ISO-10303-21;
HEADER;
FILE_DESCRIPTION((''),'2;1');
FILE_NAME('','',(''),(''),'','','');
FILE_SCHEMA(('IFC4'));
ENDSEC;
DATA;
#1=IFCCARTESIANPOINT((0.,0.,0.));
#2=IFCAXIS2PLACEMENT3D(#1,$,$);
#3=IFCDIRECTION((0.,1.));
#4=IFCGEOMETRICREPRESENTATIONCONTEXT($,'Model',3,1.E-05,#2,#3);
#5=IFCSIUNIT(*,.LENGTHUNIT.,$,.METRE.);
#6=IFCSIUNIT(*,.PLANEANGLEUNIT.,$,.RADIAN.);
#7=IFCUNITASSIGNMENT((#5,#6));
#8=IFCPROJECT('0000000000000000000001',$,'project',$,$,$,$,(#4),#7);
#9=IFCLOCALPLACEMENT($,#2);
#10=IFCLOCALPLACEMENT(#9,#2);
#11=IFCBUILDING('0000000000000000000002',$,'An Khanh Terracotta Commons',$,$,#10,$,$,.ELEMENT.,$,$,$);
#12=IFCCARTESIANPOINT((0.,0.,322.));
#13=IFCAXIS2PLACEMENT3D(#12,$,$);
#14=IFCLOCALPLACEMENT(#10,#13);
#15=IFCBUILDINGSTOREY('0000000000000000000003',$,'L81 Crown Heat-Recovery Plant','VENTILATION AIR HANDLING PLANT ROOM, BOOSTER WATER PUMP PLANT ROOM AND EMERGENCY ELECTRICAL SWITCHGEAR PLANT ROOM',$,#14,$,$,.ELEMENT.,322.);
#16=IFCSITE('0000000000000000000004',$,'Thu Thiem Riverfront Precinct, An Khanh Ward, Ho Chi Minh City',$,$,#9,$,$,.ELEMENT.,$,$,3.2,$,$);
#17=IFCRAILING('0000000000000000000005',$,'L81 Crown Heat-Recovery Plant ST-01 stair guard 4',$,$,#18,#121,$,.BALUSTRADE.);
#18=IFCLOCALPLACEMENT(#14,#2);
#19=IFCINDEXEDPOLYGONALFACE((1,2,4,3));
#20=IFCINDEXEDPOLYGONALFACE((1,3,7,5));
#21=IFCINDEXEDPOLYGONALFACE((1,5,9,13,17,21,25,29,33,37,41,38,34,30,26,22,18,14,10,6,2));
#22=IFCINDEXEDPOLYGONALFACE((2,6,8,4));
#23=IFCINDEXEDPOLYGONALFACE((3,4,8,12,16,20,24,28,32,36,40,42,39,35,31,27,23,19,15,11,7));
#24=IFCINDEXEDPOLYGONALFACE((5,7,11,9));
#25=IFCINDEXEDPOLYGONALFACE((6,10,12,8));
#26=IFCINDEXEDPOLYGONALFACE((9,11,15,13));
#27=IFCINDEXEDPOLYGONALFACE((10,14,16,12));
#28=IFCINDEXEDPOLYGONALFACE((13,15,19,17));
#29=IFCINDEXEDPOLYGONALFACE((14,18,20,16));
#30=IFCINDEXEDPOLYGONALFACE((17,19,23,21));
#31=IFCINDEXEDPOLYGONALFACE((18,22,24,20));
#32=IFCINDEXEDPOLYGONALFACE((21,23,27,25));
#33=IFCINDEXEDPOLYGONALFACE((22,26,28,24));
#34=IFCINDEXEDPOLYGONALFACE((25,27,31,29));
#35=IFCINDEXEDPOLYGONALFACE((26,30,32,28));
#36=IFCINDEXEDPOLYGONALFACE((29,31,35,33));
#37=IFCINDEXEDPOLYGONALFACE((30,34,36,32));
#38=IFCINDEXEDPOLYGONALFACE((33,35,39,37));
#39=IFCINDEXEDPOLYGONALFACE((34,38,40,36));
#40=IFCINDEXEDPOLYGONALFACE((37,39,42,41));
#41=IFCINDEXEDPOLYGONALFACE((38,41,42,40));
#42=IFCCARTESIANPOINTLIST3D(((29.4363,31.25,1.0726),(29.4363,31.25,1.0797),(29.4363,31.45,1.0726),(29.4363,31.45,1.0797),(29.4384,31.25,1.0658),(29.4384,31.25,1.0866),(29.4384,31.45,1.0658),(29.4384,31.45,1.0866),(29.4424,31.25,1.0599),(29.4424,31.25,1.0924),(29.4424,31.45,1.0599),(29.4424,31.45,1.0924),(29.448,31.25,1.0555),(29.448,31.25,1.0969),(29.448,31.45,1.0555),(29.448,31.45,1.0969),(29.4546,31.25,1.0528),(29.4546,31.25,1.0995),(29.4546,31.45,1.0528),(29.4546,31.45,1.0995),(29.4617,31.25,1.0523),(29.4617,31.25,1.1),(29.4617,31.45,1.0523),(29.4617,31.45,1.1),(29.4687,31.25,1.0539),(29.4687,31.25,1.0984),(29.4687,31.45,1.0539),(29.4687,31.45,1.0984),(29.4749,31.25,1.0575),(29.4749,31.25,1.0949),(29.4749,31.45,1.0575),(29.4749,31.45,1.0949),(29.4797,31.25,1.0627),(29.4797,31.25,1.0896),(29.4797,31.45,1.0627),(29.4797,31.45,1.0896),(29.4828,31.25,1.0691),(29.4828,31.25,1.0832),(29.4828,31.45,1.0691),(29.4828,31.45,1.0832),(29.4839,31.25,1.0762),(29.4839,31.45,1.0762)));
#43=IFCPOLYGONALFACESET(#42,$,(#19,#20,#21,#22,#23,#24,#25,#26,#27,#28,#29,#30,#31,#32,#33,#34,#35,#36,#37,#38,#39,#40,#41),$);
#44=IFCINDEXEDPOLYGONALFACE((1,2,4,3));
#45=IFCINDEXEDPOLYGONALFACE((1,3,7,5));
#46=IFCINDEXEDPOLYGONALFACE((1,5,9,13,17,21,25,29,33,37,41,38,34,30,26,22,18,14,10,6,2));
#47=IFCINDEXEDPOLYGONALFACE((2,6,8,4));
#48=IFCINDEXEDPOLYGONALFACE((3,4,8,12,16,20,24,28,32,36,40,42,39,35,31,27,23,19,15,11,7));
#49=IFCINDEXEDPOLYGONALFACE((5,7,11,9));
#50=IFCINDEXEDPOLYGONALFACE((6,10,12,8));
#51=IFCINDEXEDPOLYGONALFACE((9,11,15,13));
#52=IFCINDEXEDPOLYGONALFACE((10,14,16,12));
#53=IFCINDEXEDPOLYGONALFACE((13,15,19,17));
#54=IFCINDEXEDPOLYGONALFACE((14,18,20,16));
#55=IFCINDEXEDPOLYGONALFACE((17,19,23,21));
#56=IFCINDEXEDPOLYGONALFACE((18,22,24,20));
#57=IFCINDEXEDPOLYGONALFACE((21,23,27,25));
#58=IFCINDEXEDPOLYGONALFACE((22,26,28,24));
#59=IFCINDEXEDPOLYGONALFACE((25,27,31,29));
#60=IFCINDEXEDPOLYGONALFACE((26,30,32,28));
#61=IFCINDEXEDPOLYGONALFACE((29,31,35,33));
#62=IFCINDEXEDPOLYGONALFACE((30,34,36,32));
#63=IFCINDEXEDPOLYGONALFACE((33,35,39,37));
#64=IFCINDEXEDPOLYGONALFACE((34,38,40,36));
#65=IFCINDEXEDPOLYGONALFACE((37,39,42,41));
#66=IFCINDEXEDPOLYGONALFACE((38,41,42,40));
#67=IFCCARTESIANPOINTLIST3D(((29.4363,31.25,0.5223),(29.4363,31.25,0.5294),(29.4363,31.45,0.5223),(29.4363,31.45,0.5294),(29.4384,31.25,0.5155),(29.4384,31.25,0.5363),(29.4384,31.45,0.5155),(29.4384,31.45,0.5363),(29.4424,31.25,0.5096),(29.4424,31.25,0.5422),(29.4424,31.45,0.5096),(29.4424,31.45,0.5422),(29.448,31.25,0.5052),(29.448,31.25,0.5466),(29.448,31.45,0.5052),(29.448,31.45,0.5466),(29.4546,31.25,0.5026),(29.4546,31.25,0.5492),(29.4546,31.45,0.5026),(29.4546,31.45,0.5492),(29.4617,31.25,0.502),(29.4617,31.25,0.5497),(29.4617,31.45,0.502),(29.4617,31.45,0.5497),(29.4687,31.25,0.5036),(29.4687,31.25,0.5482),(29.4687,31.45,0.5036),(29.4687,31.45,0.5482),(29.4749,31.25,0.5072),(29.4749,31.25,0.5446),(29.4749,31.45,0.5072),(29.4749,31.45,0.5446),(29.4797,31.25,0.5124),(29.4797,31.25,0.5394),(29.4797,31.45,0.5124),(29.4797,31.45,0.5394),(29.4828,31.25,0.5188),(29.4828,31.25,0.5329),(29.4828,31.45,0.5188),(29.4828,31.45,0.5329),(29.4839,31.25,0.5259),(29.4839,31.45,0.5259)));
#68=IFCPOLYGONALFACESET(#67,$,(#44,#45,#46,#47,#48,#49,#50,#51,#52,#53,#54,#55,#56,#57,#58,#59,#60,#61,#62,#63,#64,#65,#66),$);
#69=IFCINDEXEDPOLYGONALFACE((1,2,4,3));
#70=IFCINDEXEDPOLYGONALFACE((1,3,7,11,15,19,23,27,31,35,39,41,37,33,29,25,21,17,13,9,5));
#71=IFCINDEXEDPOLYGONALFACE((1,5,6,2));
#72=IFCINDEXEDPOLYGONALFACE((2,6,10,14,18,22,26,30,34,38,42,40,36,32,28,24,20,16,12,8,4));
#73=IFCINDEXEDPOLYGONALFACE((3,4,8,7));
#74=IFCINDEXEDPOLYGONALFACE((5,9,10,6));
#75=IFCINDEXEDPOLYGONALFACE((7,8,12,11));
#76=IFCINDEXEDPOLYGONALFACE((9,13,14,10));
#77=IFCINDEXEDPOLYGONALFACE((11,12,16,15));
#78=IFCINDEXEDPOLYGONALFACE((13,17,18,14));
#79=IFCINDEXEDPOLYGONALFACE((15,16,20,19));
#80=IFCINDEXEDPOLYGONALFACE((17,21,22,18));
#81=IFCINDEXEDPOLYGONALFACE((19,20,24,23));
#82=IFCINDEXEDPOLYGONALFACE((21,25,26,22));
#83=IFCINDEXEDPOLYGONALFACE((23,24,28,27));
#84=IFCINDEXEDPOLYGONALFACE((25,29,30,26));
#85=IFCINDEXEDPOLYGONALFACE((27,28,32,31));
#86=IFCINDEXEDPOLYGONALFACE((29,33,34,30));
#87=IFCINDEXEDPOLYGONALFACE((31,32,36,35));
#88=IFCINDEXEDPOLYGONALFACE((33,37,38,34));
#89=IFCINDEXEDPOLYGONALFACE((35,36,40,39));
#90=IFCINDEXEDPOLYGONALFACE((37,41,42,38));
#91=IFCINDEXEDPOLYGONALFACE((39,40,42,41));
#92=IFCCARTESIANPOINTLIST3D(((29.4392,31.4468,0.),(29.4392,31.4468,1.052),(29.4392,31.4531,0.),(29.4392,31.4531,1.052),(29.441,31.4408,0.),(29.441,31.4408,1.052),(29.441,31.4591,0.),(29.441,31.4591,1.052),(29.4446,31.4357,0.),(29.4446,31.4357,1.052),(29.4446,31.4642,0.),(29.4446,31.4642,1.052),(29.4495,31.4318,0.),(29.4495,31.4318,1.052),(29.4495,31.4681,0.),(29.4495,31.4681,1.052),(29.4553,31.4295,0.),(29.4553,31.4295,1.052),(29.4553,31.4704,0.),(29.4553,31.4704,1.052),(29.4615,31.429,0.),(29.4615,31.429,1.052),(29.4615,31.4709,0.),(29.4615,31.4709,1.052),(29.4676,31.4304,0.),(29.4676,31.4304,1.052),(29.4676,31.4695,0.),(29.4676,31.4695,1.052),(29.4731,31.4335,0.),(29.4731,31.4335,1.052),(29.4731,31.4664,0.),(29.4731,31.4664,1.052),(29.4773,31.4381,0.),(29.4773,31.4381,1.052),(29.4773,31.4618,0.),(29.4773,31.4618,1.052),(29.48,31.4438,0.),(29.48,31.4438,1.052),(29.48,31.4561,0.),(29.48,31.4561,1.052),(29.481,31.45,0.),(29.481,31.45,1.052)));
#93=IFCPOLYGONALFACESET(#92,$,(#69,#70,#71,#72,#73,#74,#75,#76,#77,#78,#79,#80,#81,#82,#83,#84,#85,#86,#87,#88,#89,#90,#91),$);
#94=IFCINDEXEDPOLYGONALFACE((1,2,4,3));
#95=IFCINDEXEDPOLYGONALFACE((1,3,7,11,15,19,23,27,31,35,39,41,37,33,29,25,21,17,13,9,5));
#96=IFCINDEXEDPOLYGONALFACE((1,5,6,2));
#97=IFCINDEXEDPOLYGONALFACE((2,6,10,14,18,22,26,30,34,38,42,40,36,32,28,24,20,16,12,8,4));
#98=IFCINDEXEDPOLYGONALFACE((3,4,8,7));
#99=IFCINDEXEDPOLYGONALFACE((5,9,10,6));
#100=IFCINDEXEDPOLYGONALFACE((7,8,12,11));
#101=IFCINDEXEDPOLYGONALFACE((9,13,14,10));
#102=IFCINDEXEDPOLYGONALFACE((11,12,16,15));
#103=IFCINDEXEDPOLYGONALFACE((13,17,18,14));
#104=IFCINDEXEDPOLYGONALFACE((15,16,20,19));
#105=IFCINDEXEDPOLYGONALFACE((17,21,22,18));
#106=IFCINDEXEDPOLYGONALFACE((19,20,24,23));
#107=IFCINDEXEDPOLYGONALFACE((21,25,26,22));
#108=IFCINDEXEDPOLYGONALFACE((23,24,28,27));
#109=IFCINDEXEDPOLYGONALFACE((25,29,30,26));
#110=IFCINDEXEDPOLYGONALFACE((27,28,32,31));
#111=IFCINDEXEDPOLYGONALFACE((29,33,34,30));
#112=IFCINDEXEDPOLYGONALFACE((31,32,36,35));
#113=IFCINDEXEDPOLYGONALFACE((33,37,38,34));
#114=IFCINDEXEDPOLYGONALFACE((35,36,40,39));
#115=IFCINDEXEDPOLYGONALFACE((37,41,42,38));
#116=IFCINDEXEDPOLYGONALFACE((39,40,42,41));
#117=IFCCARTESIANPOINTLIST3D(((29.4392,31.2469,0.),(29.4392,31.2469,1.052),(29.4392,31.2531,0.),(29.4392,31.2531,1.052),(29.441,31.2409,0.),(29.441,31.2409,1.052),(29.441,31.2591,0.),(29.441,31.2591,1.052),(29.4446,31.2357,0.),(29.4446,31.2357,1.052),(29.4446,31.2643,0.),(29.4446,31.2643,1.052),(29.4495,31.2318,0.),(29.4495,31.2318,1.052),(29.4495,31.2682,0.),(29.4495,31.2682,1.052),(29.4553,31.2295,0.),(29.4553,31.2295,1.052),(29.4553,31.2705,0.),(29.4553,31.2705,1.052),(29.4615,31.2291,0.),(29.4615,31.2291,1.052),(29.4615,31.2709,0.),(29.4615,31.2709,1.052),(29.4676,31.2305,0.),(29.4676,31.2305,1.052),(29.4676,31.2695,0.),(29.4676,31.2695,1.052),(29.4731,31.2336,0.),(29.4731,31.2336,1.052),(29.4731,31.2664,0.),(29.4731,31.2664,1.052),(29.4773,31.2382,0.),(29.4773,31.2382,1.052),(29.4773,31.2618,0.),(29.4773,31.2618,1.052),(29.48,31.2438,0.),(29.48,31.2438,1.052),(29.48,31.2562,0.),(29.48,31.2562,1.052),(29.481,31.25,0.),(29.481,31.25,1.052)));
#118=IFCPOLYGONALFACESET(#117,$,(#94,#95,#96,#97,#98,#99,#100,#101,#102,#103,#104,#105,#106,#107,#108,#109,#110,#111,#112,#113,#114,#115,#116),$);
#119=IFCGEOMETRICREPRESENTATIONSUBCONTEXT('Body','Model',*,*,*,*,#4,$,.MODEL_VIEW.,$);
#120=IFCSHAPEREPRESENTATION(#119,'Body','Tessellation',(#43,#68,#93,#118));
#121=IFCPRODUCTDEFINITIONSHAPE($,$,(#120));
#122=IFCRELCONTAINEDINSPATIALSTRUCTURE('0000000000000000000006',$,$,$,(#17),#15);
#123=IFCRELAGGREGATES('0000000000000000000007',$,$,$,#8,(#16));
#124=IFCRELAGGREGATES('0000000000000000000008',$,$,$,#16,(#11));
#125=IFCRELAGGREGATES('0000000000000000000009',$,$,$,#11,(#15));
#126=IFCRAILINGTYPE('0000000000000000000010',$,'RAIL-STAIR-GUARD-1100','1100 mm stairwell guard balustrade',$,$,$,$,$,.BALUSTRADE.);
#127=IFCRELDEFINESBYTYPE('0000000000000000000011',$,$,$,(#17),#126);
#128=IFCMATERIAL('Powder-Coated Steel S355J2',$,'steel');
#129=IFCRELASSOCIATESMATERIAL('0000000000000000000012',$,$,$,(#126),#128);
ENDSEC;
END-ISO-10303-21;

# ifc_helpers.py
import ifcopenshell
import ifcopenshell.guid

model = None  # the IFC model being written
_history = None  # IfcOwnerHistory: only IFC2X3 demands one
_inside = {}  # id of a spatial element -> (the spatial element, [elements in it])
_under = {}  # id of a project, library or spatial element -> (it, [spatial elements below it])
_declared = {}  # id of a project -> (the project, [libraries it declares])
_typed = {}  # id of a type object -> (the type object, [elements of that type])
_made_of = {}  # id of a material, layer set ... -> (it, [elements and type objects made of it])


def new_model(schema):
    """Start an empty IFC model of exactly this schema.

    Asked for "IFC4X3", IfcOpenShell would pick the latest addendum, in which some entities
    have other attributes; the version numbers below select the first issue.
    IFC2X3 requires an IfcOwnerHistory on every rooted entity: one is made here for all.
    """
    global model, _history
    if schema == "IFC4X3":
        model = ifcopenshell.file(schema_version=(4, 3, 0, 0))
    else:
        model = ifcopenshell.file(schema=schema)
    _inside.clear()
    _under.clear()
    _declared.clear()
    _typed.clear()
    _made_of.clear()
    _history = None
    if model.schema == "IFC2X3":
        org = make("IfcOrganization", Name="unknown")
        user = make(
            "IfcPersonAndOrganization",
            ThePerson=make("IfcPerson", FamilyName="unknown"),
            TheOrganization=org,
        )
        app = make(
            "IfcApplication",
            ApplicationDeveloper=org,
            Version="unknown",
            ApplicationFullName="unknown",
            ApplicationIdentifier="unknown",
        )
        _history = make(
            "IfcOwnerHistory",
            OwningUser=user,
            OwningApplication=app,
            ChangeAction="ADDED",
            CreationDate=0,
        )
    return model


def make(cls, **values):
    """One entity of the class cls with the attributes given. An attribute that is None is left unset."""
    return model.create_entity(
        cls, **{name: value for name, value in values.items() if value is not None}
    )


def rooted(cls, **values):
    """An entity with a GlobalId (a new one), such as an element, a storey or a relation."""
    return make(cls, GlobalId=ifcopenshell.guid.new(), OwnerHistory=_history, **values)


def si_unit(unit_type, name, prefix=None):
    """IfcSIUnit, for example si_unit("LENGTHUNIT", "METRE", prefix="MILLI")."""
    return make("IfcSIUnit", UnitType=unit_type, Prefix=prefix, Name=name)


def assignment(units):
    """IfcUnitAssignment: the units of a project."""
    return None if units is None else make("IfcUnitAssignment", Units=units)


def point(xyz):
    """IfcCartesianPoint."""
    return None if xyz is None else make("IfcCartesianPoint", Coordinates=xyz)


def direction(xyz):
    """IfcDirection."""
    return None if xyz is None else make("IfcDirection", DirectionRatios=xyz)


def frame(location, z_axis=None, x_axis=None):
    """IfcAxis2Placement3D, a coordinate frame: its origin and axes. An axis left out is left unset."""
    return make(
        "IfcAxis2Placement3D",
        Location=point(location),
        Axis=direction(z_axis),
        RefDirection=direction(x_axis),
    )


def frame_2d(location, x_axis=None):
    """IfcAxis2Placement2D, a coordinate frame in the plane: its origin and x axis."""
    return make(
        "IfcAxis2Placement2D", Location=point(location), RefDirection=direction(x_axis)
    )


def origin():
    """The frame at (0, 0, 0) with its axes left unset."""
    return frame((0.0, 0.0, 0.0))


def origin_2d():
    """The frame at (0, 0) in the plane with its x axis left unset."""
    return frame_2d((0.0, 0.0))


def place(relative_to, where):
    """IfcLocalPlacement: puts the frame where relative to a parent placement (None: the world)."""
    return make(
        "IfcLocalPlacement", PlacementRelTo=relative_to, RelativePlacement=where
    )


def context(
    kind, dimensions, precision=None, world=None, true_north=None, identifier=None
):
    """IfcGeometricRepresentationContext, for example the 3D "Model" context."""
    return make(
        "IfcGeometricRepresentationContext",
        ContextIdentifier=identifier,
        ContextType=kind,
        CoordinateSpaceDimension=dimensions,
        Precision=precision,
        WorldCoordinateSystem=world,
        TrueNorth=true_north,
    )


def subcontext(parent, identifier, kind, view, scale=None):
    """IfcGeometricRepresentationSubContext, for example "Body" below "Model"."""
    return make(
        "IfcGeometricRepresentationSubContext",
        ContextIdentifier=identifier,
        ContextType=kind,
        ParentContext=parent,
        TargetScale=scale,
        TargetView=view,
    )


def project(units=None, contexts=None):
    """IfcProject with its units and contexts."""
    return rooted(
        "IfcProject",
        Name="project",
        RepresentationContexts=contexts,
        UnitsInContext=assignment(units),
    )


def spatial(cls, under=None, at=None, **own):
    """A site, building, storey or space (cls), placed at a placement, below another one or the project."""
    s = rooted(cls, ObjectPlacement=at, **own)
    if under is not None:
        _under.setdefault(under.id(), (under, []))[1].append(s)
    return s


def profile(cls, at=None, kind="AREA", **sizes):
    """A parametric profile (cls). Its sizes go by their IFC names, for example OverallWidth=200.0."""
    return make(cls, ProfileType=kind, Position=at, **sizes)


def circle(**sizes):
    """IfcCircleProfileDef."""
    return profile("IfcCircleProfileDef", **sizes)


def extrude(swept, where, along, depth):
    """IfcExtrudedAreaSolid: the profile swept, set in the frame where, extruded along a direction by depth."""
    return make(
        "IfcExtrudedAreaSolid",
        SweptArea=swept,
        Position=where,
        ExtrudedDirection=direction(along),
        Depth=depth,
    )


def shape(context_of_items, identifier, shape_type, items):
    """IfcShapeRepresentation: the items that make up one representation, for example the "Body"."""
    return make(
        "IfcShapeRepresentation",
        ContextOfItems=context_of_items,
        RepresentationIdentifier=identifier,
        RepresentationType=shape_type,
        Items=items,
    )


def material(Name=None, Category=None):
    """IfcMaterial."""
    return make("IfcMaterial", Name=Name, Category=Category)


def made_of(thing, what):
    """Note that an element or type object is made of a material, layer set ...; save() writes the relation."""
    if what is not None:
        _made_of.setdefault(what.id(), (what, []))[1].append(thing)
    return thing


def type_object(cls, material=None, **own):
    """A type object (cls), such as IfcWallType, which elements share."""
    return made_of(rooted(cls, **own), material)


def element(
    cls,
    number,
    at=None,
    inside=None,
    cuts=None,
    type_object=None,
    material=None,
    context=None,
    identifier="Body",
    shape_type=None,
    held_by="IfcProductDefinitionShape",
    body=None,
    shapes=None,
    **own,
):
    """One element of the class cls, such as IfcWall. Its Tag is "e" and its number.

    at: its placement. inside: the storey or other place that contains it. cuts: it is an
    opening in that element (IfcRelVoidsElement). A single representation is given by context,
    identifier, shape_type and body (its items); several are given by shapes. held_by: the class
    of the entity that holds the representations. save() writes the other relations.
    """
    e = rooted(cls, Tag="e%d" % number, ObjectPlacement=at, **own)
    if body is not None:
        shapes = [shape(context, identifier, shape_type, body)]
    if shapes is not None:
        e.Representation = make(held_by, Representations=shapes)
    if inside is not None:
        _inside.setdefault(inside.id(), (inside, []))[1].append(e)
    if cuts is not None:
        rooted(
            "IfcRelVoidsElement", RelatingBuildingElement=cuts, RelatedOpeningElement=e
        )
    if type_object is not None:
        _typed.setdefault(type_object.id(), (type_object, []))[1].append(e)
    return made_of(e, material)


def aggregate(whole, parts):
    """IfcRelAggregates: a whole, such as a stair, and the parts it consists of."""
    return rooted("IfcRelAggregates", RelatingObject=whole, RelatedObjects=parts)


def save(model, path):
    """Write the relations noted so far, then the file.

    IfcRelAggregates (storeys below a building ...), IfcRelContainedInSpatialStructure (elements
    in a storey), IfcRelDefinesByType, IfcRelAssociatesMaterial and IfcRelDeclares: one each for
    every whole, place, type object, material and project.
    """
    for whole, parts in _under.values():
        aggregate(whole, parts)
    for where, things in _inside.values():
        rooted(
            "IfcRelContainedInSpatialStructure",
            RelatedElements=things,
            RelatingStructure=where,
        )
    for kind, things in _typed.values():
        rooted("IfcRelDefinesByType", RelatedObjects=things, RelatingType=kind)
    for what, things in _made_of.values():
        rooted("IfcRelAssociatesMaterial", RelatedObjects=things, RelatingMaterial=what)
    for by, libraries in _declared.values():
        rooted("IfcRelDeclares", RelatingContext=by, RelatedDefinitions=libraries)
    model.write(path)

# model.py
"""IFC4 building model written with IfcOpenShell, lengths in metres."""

from ifc_helpers import new_model, si_unit, direction, frame, origin, origin_2d, place, context, subcontext, project, spatial, circle, extrude, material, type_object, element, save


model = new_model("IFC4")

# Units and contexts
model_context = context("Model", 3, precision=1e-05, world=origin(), true_north=direction((0.0, 1.0)))
body_context = subcontext(model_context, "Body", "Model", "MODEL_VIEW")
ifc_project = project(units=[si_unit("LENGTHUNIT", "METRE"), si_unit("PLANEANGLEUNIT", "RADIAN")], contexts=[model_context])

# Site, building, storey
site_placement = place(None, origin())
site = spatial("IfcSite", under=ifc_project, at=site_placement, Name="Thu Thiem Riverfront Precinct, An Khanh Ward, Ho Chi Minh City", CompositionType="ELEMENT", RefElevation=3.2)
building_placement = place(site_placement, origin())
building = spatial("IfcBuilding", under=site, at=building_placement, Name="An Khanh Terracotta Commons", CompositionType="ELEMENT")
storey_placement = place(building_placement, frame((0.0, 0.0, 322.0)))
storey = spatial("IfcBuildingStorey", under=building, at=storey_placement, Name="L81 Crown Heat-Recovery Plant", Description="VENTILATION AIR HANDLING PLANT ROOM, BOOSTER WATER PUMP PLANT ROOM AND EMERGENCY ELECTRICAL SWITCHGEAR PLANT ROOM", CompositionType="ELEMENT", Elevation=322.0)

# Railing
ifc_material_1 = material(Name="Powder-Coated Steel S355J2", Category="steel")
railing_type_1 = type_object("IfcRailingType", Name="RAIL-STAIR-GUARD-1100", Description="1100 mm stairwell guard balustrade", PredefinedType="BALUSTRADE", material=ifc_material_1)
railing_1_placement = place(storey_placement, frame((29.46, 31.45, 0.0)))
element("IfcRailing", 1, at=railing_1_placement, inside=storey, type_object=railing_type_1, Name="L81 Crown Heat-Recovery Plant ST-01 stair guard 4", PredefinedType="BALUSTRADE", context=body_context, shape_type="SweptSolid", body=[
    extrude(circle(Radius=0.0239, at=origin_2d()), frame((0.0, 0.0, 1.0762), z_axis=(0.0, -1.0, 0.0), x_axis=(1.0, 0.0, 0.0)), (0.0, 0.0, 1.0), 0.2),
    extrude(circle(Radius=0.0239, at=origin_2d()), frame((0.0, 0.0, 0.5259), z_axis=(0.0, -1.0, 0.0), x_axis=(1.0, 0.0, 0.0)), (0.0, 0.0, 1.0), 0.2),
    extrude(circle(Radius=0.021, at=origin_2d()), origin(), (0.0, 0.0, 1.0), 1.052),
    extrude(circle(Radius=0.021, at=origin_2d()), frame((0.0, -0.2, 0.0)), (0.0, 0.0, 1.0), 1.052),
])

save(model, "model.ifc")
